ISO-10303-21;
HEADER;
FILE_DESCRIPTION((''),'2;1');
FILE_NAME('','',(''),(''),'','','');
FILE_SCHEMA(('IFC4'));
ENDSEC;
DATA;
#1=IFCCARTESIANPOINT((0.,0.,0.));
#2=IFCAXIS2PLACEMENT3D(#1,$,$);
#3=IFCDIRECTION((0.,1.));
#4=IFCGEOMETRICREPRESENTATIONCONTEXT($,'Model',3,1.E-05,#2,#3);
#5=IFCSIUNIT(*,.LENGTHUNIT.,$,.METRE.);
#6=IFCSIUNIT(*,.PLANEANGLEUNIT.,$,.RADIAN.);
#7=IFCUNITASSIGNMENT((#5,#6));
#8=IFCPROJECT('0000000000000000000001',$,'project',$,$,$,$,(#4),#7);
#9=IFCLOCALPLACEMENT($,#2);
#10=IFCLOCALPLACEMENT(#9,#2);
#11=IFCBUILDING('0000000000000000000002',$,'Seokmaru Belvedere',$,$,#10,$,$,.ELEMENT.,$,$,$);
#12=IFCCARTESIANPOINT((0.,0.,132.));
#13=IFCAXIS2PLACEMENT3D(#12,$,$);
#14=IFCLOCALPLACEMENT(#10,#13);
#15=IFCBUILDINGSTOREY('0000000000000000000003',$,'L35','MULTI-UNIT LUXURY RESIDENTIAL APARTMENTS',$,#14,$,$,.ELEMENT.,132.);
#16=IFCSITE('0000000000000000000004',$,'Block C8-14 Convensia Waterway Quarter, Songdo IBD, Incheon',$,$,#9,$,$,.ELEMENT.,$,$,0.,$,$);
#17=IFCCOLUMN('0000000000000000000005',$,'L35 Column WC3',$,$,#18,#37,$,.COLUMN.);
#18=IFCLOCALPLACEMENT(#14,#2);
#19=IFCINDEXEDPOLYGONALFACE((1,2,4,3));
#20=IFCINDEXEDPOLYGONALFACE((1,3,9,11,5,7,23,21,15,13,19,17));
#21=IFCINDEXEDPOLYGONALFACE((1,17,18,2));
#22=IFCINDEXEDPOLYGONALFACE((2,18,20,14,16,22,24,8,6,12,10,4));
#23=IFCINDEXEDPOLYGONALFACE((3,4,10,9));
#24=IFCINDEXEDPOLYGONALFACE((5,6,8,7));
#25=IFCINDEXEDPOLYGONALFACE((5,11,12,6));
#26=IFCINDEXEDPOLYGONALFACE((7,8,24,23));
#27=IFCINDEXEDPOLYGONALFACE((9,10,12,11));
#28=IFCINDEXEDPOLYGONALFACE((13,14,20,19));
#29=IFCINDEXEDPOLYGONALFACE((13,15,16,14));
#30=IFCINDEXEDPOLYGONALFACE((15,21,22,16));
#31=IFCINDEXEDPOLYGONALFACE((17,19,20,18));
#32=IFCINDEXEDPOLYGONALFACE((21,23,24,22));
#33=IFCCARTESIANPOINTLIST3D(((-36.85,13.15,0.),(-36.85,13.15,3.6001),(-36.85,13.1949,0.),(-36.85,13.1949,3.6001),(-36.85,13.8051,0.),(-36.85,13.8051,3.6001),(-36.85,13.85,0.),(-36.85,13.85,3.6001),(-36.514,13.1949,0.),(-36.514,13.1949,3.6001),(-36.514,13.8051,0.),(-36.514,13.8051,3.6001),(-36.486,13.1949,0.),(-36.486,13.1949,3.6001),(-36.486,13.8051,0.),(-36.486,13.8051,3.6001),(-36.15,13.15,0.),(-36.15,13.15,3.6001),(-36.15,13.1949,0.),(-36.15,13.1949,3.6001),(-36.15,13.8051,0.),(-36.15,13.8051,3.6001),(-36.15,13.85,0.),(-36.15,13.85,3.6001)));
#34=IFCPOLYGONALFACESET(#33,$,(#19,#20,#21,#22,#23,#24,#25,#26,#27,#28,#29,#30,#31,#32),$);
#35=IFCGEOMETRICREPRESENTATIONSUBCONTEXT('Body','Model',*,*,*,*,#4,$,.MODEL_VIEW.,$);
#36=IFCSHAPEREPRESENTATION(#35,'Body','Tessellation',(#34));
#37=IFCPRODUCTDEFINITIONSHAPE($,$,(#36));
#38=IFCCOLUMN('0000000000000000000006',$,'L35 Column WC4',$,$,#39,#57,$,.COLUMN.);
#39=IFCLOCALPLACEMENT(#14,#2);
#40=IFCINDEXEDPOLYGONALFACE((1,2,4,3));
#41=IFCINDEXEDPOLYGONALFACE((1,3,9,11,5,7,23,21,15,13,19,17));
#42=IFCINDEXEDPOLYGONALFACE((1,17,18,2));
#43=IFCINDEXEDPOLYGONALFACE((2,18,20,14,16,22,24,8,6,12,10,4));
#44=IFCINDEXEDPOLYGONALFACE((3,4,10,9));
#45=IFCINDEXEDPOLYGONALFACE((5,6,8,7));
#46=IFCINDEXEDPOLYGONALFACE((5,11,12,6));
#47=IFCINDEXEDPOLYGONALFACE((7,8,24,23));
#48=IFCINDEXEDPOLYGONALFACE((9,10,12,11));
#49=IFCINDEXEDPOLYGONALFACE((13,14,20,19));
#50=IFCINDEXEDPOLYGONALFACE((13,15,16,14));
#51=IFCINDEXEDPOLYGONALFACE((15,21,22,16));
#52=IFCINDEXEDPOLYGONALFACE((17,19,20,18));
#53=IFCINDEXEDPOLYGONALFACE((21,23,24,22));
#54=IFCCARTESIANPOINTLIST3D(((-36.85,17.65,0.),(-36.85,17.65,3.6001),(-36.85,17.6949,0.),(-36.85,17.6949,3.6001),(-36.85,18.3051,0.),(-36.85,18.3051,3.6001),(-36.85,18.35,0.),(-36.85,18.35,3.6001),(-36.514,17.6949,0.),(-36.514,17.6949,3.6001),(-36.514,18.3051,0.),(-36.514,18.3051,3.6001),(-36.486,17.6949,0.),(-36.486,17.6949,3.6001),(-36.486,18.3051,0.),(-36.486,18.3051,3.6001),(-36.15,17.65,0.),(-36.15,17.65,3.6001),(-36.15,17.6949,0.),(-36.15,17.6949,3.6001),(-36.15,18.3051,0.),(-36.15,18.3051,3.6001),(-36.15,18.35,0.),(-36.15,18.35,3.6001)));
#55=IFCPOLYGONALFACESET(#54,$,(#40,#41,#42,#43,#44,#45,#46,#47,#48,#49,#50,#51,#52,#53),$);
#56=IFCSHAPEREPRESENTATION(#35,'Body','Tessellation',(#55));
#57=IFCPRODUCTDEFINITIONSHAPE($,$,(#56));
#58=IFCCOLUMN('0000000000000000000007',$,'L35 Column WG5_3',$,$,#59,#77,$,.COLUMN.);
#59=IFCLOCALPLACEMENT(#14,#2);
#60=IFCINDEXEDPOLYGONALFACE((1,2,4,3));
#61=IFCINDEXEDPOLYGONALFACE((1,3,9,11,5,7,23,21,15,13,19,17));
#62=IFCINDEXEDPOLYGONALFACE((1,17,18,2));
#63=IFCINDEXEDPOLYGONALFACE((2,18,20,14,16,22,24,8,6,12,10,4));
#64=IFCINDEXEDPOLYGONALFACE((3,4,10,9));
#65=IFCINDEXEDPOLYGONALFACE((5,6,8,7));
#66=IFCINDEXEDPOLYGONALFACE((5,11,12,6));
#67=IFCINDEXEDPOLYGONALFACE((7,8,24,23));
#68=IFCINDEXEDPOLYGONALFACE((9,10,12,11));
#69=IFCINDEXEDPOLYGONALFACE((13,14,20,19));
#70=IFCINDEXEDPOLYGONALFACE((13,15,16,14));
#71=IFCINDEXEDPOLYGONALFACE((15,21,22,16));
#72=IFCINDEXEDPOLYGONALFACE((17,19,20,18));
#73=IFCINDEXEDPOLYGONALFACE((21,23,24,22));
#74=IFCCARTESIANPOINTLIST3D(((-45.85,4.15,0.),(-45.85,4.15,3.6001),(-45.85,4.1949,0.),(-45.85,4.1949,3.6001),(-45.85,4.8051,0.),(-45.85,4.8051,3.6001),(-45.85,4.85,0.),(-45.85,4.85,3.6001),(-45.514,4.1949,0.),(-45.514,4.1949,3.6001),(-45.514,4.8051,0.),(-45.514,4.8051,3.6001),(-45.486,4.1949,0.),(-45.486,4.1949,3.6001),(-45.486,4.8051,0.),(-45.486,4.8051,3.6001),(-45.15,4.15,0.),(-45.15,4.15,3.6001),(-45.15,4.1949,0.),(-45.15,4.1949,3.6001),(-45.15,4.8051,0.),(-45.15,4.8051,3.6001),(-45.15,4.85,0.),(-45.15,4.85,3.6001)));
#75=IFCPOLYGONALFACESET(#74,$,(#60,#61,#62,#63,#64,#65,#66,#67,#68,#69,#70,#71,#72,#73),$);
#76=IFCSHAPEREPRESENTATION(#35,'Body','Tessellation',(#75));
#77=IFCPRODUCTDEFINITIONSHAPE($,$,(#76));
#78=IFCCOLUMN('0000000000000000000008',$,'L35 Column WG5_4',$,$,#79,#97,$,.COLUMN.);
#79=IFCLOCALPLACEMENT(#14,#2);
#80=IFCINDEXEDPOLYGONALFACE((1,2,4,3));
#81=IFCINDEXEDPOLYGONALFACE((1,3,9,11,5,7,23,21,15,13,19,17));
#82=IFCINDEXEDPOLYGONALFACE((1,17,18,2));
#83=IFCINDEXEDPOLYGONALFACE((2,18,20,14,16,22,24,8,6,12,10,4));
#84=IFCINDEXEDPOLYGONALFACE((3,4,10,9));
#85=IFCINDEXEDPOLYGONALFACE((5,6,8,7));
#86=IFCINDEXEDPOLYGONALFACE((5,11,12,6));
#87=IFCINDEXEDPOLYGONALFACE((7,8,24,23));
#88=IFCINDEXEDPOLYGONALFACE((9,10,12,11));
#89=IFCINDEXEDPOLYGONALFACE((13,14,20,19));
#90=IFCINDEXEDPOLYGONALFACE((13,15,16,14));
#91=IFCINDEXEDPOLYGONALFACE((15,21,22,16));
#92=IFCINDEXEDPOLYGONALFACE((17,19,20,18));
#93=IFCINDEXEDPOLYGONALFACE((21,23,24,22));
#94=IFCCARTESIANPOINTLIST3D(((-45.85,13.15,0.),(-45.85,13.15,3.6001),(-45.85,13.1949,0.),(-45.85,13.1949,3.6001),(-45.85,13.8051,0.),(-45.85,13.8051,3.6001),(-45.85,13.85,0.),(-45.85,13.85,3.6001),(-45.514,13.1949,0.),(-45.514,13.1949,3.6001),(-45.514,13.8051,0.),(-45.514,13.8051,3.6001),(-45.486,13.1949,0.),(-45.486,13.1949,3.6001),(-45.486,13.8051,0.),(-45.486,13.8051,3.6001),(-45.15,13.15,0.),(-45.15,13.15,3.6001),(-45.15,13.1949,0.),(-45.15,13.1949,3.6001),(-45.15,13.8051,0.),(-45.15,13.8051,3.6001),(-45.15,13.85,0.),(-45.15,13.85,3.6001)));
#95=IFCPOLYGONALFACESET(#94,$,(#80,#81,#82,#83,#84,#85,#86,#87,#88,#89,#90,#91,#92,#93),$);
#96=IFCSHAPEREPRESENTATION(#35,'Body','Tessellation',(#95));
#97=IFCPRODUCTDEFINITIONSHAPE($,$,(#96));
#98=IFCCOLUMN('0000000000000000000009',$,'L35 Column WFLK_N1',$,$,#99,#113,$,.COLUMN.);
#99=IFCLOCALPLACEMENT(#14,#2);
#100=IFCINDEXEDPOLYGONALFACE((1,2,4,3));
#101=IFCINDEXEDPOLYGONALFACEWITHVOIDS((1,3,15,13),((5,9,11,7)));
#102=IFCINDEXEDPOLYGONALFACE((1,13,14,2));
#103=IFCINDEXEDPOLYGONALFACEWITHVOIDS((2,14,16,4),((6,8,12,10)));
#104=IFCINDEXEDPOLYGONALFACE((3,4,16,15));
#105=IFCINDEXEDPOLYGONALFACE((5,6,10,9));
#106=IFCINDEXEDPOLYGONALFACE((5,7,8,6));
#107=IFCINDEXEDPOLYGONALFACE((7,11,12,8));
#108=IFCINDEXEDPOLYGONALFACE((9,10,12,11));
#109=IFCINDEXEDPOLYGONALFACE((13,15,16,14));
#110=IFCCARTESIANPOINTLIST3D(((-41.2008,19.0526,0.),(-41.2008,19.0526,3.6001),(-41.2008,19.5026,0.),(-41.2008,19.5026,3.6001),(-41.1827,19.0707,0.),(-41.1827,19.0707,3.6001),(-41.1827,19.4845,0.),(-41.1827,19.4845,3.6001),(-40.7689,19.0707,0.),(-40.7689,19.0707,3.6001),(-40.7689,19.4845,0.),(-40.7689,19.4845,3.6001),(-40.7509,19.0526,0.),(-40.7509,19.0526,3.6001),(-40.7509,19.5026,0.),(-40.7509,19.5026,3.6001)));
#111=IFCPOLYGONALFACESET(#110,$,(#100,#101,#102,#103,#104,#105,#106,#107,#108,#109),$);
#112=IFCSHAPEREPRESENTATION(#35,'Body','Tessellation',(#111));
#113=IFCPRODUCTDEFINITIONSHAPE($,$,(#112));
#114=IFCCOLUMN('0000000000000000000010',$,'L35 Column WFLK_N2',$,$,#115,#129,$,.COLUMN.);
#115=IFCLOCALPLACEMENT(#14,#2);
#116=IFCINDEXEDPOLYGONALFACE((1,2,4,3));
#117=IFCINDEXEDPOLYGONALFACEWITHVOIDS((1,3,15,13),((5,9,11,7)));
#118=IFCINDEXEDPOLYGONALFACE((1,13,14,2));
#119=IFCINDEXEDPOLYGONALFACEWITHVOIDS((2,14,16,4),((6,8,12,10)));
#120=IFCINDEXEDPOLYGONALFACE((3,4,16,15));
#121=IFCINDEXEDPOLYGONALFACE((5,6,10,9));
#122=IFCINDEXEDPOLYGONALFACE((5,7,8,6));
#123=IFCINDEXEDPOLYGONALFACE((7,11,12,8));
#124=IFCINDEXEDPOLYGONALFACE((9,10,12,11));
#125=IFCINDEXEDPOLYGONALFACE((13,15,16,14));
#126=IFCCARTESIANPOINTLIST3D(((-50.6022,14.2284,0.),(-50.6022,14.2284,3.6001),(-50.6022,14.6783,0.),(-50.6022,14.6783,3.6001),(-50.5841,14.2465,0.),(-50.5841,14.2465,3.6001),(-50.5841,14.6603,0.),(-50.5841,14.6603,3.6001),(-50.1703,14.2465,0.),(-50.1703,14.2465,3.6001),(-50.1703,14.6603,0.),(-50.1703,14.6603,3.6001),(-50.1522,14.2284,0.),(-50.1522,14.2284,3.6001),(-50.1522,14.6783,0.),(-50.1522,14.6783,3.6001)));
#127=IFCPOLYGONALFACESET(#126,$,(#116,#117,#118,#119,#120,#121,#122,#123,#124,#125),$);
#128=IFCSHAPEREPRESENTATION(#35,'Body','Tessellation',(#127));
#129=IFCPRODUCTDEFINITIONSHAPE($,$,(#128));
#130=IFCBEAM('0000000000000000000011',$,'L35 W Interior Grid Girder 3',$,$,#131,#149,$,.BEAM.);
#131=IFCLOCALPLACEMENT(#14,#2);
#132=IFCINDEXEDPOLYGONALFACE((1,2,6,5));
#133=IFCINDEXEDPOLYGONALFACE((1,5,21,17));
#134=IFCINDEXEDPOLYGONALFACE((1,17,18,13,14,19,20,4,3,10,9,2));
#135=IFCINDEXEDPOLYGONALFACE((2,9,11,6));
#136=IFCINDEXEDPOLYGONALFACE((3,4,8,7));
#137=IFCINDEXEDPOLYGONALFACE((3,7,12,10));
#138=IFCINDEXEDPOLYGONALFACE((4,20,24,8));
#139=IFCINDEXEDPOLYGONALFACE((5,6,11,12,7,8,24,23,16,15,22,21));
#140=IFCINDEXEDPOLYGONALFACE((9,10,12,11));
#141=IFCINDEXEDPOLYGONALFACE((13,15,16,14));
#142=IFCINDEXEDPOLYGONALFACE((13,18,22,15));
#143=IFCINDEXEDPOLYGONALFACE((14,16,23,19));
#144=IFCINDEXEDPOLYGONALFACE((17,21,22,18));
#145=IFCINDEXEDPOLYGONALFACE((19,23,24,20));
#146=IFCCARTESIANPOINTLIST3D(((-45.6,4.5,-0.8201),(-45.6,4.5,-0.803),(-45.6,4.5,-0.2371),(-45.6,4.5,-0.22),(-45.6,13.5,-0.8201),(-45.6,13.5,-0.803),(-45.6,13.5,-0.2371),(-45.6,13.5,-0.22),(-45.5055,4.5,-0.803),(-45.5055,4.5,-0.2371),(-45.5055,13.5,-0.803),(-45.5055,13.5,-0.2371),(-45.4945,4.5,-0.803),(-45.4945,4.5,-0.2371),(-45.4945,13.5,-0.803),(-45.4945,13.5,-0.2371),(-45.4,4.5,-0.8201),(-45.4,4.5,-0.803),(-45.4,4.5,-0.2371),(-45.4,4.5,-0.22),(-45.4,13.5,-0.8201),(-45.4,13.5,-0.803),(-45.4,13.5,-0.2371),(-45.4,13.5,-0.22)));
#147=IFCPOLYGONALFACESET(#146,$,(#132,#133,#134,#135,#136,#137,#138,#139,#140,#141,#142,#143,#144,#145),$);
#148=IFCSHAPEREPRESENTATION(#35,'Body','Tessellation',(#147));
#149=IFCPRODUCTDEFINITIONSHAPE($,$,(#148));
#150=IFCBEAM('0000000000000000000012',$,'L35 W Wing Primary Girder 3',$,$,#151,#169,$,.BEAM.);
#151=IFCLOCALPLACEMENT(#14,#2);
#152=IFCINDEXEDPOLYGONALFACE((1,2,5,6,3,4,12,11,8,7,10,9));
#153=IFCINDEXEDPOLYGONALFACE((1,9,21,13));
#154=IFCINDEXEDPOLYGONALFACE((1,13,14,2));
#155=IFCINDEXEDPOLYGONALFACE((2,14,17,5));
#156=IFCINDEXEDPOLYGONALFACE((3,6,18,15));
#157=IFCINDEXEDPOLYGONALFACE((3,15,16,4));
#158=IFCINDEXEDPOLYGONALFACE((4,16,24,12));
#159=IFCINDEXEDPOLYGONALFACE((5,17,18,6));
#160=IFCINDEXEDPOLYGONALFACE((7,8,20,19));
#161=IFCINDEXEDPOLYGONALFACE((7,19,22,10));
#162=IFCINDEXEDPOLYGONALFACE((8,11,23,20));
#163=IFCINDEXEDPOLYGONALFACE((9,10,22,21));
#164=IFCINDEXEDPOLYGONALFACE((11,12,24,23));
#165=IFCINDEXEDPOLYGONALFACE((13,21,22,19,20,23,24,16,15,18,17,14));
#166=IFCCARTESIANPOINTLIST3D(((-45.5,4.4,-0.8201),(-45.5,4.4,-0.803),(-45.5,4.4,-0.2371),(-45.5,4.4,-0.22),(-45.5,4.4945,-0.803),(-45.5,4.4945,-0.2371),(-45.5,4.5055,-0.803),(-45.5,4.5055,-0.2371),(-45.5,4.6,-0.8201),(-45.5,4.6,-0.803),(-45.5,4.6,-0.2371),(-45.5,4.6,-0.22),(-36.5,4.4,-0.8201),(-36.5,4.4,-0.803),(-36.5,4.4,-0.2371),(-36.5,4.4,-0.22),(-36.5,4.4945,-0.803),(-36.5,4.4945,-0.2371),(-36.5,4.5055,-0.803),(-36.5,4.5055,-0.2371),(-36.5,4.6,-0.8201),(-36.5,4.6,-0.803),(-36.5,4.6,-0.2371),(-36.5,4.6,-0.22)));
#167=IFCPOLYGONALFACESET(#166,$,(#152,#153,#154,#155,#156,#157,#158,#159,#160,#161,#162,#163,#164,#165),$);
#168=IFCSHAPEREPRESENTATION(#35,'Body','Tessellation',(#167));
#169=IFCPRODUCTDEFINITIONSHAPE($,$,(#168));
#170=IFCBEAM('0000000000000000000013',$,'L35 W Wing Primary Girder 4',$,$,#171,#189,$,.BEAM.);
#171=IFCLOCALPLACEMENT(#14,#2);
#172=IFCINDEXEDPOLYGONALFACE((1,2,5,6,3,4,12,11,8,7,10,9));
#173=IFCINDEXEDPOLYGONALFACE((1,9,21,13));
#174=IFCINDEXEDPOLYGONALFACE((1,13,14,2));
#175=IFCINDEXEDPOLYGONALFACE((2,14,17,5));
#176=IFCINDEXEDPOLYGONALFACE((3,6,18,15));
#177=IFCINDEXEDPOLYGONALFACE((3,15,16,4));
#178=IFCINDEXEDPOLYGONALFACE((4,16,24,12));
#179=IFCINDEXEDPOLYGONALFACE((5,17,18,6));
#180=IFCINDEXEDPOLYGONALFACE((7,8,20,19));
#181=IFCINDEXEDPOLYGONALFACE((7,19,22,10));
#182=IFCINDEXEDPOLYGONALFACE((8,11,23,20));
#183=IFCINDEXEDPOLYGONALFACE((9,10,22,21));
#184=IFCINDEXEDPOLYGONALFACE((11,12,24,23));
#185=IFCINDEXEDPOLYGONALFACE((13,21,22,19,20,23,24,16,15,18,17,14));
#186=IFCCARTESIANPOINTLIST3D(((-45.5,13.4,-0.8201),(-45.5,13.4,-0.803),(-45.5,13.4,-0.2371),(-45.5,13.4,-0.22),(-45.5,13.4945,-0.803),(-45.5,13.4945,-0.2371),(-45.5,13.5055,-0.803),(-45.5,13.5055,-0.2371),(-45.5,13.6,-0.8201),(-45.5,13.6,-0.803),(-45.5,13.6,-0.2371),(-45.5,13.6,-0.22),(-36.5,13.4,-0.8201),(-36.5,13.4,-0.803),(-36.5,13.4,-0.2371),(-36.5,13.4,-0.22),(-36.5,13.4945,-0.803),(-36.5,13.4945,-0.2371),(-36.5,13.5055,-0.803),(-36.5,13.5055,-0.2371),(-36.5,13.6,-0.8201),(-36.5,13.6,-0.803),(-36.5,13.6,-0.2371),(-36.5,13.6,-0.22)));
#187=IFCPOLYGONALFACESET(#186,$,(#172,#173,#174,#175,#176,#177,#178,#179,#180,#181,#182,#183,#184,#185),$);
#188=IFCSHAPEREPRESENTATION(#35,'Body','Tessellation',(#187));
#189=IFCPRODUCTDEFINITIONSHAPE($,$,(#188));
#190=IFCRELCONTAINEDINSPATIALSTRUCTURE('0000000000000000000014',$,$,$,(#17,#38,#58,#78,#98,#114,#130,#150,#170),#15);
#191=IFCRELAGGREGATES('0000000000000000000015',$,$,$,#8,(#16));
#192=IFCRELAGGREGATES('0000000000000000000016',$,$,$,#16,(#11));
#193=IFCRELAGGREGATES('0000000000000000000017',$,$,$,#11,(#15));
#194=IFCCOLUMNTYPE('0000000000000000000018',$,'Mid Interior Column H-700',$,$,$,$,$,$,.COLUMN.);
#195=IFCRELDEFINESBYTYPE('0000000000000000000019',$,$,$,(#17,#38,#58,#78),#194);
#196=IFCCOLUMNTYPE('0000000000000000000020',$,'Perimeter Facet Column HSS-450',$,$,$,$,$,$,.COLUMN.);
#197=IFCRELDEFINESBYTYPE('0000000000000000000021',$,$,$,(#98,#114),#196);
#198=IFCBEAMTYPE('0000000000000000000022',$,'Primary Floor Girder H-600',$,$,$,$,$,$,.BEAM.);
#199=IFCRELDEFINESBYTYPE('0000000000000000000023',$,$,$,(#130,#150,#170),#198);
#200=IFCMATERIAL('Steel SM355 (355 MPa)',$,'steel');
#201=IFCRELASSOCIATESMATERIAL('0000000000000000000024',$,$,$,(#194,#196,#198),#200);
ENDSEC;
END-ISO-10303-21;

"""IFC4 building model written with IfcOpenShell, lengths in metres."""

from ifc_helpers import new_model, si_unit, direction, frame, origin, origin_2d, place, context, subcontext, project, spatial, hollow_rectangle, i_section, extrude, source, transform, mapped, material, material_profile, profile_set, type_object, type_shapes, element, save


model = new_model("IFC4")

# Units and contexts
model_context = context("Model", 3, precision=1e-05, world=origin(), true_north=direction((0.0, 1.0)))
body_context = subcontext(model_context, "Body", "Model", "MODEL_VIEW")
ifc_project = project(units=[si_unit("LENGTHUNIT", "METRE"), si_unit("PLANEANGLEUNIT", "RADIAN")], contexts=[model_context])

# Site, building, storey
site_placement = place(None, origin())
site = spatial("IfcSite", under=ifc_project, at=site_placement, Name="Block C8-14 Convensia Waterway Quarter, Songdo IBD, Incheon", CompositionType="ELEMENT", RefElevation=0.0)
building_placement = place(site_placement, origin())
building = spatial("IfcBuilding", under=site, at=building_placement, Name="Seokmaru Belvedere", CompositionType="ELEMENT")
storey_placement = place(building_placement, frame((0.0, 0.0, 132.0)))
storey = spatial("IfcBuildingStorey", under=building, at=storey_placement, Name="L35", Description="MULTI-UNIT LUXURY RESIDENTIAL APARTMENTS", CompositionType="ELEMENT", Elevation=132.0)

# Columns
ifc_material_1 = material(Name="Steel SM355 (355 MPa)", Category="steel")
ifc_material_profile_1 = material_profile(ifc_material_1, i_section(OverallWidth=0.7, OverallDepth=0.7, WebThickness=0.0281, FlangeThickness=0.0449, at=origin_2d()), Name="H-700x700x28x45")
ifc_profile_set_1 = profile_set([ifc_material_profile_1], Name="Steel SM355 (355 MPa)")
column_type_1 = type_object("IfcColumnType", Name="Mid Interior Column H-700", PredefinedType="COLUMN", material=ifc_profile_set_1)
shared_shape_1 = source(origin(), body_context, "Body", "SweptSolid", [
    extrude(i_section(OverallWidth=0.7, OverallDepth=0.7, WebThickness=0.0281, FlangeThickness=0.0449, at=origin_2d()), origin(), (0.0, 0.0, 1.0), 3.6001),
])
type_shapes(column_type_1, [shared_shape_1])
for number, where, z_axis, x_axis, name in (
    (1, (-36.5, 13.5, 0.0), (0.0, 0.0, 1.0), (1.0, 0.0, 0.0), "L35 Column WC3"),
    (2, (-36.5, 18.0, 0.0), (0.0, 0.0, 1.0), (1.0, 0.0, 0.0), "L35 Column WC4"),
    (3, (-45.5, 4.5, 0.0), (0.0, 0.0, 1.0), (1.0, 0.0, 0.0), "L35 Column WG5_3"),
    (4, (-45.5, 13.5, 0.0), (0.0, 0.0, 1.0), (1.0, 0.0, 0.0), "L35 Column WG5_4"),
):
    element("IfcColumn", number, at=place(storey_placement, frame(where, z_axis=z_axis, x_axis=x_axis)), inside=storey, type_object=column_type_1, Name=name, PredefinedType="COLUMN", context=body_context, shape_type="MappedRepresentation", body=[
        mapped(shared_shape_1, transform((0.0, 0.0, 0.0), scale=1.0)),
    ])
ifc_material_profile_2 = material_profile(ifc_material_1, hollow_rectangle(XDim=0.45, YDim=0.45, WallThickness=0.0181, at=origin_2d()), Name="HSS-450x450x18")
ifc_profile_set_2 = profile_set([ifc_material_profile_2], Name="Steel SM355 (355 MPa)")
column_type_2 = type_object("IfcColumnType", Name="Perimeter Facet Column HSS-450", PredefinedType="COLUMN", material=ifc_profile_set_2)
shared_shape_2 = source(origin(), body_context, "Body", "SweptSolid", [
    extrude(hollow_rectangle(XDim=0.45, YDim=0.45, WallThickness=0.0181, at=origin_2d()), origin(), (0.0, 0.0, 1.0), 3.6001),
])
type_shapes(column_type_2, [shared_shape_2])
for number, where, z_axis, x_axis, name in (
    (5, (-40.9758, 19.2776, 0.0), (0.0, 0.0, 1.0), (1.0, 0.0, 0.0), "L35 Column WFLK_N1"),
    (6, (-50.3772, 14.4534, 0.0), (0.0, 0.0, 1.0), (1.0, 0.0, 0.0), "L35 Column WFLK_N2"),
):
    element("IfcColumn", number, at=place(storey_placement, frame(where, z_axis=z_axis, x_axis=x_axis)), inside=storey, type_object=column_type_2, Name=name, PredefinedType="COLUMN", context=body_context, shape_type="MappedRepresentation", body=[
        mapped(shared_shape_2, transform((0.0, 0.0, 0.0), scale=1.0)),
    ])

# Beams
ifc_material_profile_3 = material_profile(ifc_material_1, i_section(OverallWidth=0.2, OverallDepth=0.6001, WebThickness=0.011, FlangeThickness=0.0171, at=origin_2d()), Name="H-600x200x11x17")
ifc_profile_set_3 = profile_set([ifc_material_profile_3], Name="Steel SM355 (355 MPa)")
beam_type_1 = type_object("IfcBeamType", Name="Primary Floor Girder H-600", PredefinedType="BEAM", material=ifc_profile_set_3)
shared_shape_3 = source(origin(), body_context, "Body", "SweptSolid", [
    extrude(i_section(OverallWidth=0.2, OverallDepth=0.6001, WebThickness=0.011, FlangeThickness=0.0171, at=origin_2d()), origin(), (0.0, 0.0, 1.0), 9.0),
])
for number, where, z_axis, x_axis, name in (
    (7, (-45.5, 4.5, -0.52), (0.0, 1.0, 0.0), (-1.0, 0.0, 0.0), "L35 W Interior Grid Girder 3"),
    (8, (-45.5, 4.5, -0.52), (1.0, 0.0, 0.0), (0.0, 1.0, 0.0), "L35 W Wing Primary Girder 3"),
    (9, (-45.5, 13.5, -0.52), (1.0, 0.0, 0.0), (0.0, 1.0, 0.0), "L35 W Wing Primary Girder 4"),
):
    element("IfcBeam", number, at=place(storey_placement, frame(where, z_axis=z_axis, x_axis=x_axis)), inside=storey, type_object=beam_type_1, Name=name, PredefinedType="BEAM", context=body_context, shape_type="MappedRepresentation", body=[
        mapped(shared_shape_3, transform((0.0, 0.0, 0.0), scale=1.0)),
    ])

save(model, "model.ifc")
